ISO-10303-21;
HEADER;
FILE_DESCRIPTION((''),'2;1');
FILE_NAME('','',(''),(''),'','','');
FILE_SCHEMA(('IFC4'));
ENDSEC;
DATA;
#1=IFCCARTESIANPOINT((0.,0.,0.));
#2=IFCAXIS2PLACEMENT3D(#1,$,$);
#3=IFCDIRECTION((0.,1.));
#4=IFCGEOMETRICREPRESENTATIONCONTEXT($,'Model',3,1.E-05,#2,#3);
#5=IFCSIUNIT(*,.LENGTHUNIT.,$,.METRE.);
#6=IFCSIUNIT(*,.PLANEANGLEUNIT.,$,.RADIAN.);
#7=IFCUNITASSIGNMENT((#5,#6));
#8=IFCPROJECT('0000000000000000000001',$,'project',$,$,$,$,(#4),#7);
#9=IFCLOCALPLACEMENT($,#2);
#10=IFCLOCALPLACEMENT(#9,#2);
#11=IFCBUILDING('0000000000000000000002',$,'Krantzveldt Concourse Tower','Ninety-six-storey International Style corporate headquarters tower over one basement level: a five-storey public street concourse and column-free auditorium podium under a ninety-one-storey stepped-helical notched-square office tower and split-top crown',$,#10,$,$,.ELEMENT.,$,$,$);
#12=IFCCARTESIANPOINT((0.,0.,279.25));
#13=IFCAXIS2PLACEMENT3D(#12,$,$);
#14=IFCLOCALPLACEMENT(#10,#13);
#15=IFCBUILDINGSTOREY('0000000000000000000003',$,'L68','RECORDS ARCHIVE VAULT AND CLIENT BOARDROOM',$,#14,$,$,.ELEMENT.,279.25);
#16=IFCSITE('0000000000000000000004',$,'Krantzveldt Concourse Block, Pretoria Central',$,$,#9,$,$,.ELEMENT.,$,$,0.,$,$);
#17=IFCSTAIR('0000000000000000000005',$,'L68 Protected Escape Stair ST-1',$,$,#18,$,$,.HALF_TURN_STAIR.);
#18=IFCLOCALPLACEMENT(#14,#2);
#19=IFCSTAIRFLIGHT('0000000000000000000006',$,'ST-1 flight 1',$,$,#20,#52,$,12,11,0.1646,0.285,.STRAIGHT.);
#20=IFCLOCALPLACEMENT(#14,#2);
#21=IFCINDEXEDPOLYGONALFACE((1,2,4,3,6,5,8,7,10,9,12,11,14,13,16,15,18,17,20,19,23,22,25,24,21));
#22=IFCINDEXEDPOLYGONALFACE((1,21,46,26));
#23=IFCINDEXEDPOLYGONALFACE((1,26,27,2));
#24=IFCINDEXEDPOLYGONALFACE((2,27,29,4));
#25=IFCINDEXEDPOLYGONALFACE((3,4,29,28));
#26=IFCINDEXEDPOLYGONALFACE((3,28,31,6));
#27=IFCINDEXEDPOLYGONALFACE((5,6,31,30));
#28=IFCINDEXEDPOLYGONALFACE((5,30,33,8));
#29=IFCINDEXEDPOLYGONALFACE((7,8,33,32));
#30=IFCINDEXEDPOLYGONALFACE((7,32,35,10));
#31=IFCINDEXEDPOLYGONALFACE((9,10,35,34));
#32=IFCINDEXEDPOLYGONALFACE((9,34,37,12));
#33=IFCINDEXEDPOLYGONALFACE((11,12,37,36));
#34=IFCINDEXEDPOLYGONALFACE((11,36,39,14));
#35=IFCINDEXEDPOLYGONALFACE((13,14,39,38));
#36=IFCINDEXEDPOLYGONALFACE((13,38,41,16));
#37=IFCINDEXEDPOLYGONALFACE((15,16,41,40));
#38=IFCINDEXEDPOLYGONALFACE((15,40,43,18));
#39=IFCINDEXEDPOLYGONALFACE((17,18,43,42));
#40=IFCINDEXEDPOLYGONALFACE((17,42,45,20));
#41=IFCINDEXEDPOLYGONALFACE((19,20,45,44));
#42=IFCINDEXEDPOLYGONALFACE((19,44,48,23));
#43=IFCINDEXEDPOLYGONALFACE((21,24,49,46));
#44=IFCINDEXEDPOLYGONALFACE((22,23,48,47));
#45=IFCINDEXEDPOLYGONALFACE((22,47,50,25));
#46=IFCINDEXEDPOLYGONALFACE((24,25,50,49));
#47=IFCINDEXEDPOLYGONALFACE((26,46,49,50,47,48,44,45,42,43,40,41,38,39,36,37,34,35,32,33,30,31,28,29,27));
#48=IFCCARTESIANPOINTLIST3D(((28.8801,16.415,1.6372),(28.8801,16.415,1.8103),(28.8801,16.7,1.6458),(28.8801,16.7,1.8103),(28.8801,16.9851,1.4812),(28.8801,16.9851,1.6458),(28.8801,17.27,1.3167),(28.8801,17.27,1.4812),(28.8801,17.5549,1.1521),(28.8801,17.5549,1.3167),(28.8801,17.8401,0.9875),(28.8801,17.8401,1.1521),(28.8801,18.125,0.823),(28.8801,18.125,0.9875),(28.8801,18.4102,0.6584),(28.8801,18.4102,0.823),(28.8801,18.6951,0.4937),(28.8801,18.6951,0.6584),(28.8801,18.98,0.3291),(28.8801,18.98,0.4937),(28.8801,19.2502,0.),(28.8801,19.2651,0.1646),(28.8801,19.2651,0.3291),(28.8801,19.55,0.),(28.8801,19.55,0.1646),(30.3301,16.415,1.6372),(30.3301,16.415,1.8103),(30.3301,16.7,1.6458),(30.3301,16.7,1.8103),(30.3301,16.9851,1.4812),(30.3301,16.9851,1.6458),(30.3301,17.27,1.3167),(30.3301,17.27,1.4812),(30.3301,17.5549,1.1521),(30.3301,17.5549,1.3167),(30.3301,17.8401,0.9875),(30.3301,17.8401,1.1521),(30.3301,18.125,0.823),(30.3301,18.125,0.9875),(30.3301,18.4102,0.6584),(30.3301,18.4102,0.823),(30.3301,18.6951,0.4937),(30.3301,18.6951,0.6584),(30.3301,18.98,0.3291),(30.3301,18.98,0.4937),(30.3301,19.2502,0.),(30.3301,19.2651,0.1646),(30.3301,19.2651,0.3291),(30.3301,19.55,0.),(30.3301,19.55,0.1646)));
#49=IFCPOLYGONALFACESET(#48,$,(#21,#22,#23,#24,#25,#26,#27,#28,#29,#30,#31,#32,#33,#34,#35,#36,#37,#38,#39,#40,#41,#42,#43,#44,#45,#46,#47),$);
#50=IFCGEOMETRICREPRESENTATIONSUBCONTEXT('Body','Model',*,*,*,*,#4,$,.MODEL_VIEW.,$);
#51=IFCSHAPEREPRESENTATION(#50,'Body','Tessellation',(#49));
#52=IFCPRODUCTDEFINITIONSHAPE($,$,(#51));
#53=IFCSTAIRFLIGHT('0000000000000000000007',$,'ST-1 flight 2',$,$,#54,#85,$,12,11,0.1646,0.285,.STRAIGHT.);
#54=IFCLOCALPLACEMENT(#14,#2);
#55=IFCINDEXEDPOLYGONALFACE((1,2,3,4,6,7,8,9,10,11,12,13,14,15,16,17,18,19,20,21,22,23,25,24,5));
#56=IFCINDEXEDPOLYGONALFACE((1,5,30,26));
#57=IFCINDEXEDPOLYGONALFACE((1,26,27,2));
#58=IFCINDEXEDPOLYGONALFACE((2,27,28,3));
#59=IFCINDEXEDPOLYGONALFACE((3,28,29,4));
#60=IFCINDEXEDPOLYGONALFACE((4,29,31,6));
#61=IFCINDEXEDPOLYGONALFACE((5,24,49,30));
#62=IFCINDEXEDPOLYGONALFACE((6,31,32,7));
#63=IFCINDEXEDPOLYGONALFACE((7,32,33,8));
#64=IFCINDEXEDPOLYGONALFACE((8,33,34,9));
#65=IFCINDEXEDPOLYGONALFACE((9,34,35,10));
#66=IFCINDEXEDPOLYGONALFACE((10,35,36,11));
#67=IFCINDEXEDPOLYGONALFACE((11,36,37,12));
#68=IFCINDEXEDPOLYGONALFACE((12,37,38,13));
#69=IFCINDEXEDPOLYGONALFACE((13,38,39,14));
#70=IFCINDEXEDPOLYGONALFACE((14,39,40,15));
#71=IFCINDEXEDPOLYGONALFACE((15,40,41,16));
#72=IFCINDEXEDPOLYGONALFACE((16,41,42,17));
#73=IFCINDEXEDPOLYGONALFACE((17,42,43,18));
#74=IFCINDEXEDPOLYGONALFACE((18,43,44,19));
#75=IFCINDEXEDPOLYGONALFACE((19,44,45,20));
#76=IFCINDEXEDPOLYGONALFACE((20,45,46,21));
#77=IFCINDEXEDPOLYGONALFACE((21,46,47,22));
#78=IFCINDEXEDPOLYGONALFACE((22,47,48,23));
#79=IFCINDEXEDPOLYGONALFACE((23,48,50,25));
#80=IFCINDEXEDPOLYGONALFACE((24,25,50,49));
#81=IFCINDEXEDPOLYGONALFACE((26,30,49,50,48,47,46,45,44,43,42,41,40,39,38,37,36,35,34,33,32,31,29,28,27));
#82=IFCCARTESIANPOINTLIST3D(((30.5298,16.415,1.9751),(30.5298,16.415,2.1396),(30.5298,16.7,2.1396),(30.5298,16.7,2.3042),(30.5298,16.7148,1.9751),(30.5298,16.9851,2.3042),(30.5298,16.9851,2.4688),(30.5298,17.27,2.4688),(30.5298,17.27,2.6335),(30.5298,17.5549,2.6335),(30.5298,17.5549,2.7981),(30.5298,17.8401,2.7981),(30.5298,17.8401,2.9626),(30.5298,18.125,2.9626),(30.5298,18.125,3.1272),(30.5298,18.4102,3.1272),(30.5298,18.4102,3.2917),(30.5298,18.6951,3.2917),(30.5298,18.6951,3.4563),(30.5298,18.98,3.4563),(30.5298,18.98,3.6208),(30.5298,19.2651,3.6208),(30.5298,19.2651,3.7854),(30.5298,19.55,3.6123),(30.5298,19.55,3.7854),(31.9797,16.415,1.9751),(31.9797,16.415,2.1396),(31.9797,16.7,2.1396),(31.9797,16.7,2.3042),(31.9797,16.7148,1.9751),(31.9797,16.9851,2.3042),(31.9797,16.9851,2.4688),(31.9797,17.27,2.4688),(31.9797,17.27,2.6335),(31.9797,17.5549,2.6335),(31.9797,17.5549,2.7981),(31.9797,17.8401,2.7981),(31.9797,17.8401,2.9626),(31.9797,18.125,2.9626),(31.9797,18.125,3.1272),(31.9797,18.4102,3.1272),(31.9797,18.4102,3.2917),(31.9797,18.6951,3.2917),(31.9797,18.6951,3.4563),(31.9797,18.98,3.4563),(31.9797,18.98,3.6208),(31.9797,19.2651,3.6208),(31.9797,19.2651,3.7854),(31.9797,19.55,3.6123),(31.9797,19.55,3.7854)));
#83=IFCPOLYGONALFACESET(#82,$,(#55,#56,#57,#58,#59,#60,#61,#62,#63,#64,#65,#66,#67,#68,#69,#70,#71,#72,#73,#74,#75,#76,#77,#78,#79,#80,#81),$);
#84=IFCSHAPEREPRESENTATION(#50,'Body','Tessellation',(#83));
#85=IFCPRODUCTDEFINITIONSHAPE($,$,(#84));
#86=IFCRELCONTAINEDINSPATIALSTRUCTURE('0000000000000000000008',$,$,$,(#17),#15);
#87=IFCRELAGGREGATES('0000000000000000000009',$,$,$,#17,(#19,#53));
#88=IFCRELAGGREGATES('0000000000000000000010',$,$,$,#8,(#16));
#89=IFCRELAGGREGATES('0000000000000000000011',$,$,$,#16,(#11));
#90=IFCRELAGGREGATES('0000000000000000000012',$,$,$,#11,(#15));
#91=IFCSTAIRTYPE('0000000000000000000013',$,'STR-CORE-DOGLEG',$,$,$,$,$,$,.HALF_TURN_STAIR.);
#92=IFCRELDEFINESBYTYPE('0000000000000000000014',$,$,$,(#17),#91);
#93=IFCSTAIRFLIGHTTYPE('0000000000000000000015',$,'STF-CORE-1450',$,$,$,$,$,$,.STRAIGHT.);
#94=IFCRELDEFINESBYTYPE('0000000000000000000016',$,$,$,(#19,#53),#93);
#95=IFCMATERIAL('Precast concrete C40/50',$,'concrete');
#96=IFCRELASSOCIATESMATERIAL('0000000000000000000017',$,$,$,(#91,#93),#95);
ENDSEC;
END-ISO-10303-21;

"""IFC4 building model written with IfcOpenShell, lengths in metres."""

from ifc_helpers import new_model, si_unit, direction, frame, origin, place, context, subcontext, project, spatial, polyline, outline, extrude, material, type_object, element, aggregate, save


model = new_model("IFC4")

# Units and contexts
model_context = context("Model", 3, precision=1e-05, world=origin(), true_north=direction((0.0, 1.0)))
body_context = subcontext(model_context, "Body", "Model", "MODEL_VIEW")
ifc_project = project(units=[si_unit("LENGTHUNIT", "METRE"), si_unit("PLANEANGLEUNIT", "RADIAN")], contexts=[model_context])

# Site, building, storey
site_placement = place(None, origin())
site = spatial("IfcSite", under=ifc_project, at=site_placement, Name="Krantzveldt Concourse Block, Pretoria Central", CompositionType="ELEMENT", RefElevation=0.0)
building_placement = place(site_placement, origin())
building = spatial("IfcBuilding", under=site, at=building_placement, Name="Krantzveldt Concourse Tower", Description="Ninety-six-storey International Style corporate headquarters tower over one basement level: a five-storey public street concourse and column-free auditorium podium under a ninety-one-storey stepped-helical notched-square office tower and split-top crown", CompositionType="ELEMENT")
storey_placement = place(building_placement, frame((0.0, 0.0, 279.25)))
storey = spatial("IfcBuildingStorey", under=building, at=storey_placement, Name="L68", Description="RECORDS ARCHIVE VAULT AND CLIENT BOARDROOM", CompositionType="ELEMENT", Elevation=279.25)

# Stair, stair flights
ifc_material_1 = material(Name="Precast concrete C40/50", Category="concrete")
stair_type = type_object("IfcStairType", Name="STR-CORE-DOGLEG", PredefinedType="HALF_TURN_STAIR", material=ifc_material_1)
stair_placement = place(storey_placement, origin())
stair = element("IfcStair", 1, at=stair_placement, inside=storey, type_object=stair_type, Name="L68 Protected Escape Stair ST-1", PredefinedType="HALF_TURN_STAIR")
stair_flight_type = type_object("IfcStairFlightType", Name="STF-CORE-1450", PredefinedType="STRAIGHT", material=ifc_material_1)
stair_flight_1_placement = place(storey_placement, frame((29.605, 19.55, 0.0), z_axis=(0.0, 0.0, 1.0), x_axis=(0.0, -1.0, 0.0)))
stair_flight_1 = element("IfcStairFlight", 2, at=stair_flight_1_placement, type_object=stair_flight_type, Name="ST-1 flight 1", NumberOfRisers=12, NumberOfTreads=11, PredefinedType="STRAIGHT", RiserHeight=0.1646, TreadLength=0.285, context=body_context, shape_type="SweptSolid", body=[
    extrude(outline(polyline([(0.0, 0.0), (0.0, 0.1646), (0.2849, 0.1646), (0.2849, 0.3291), (0.5701, 0.3291), (0.5701, 0.4937), (0.855, 0.4937), (0.855, 0.6584), (1.1399, 0.6584), (1.1399, 0.823), (1.425, 0.823), (1.425, 0.9875), (1.71, 0.9875), (1.71, 1.1521), (1.9951, 1.1521), (1.9951, 1.3167), (2.28, 1.3167), (2.28, 1.4812), (2.5649, 1.4812), (2.5649, 1.6458), (2.8501, 1.6458), (2.8501, 1.8103), (3.135, 1.8103), (3.135, 1.9751), (3.135, 1.6372), (0.2998, 0.0), (0.0, 0.0)])), frame((0.0, 0.7251, 0.0), z_axis=(0.0, -1.0, 0.0), x_axis=(1.0, 0.0, 0.0)), (0.0, 0.0, 1.0), 1.45),
])
stair_flight_2_placement = place(storey_placement, frame((31.2549, 16.415, 1.9751), z_axis=(0.0, 0.0, 1.0), x_axis=(0.0, 1.0, 0.0)))
stair_flight_2 = element("IfcStairFlight", 3, at=stair_flight_2_placement, type_object=stair_flight_type, Name="ST-1 flight 2", NumberOfRisers=12, NumberOfTreads=11, PredefinedType="STRAIGHT", RiserHeight=0.1646, TreadLength=0.285, context=body_context, shape_type="SweptSolid", body=[
    extrude(outline(polyline([(0.0, 0.0), (0.0, 0.1646), (0.2849, 0.1646), (0.2849, 0.3291), (0.5701, 0.3291), (0.5701, 0.4937), (0.855, 0.4937), (0.855, 0.6584), (1.1399, 0.6584), (1.1399, 0.823), (1.425, 0.823), (1.425, 0.9875), (1.71, 0.9875), (1.71, 1.1521), (1.9951, 1.1521), (1.9951, 1.3167), (2.28, 1.3167), (2.28, 1.4812), (2.5649, 1.4812), (2.5649, 1.6458), (2.8501, 1.6458), (2.8501, 1.8103), (3.135, 1.8103), (3.135, 1.9751), (3.135, 1.6372), (0.2998, 0.0), (0.0, 0.0)])), frame((0.0, 0.7251, 0.0), z_axis=(0.0, -1.0, 0.0), x_axis=(1.0, 0.0, 0.0)), (0.0, 0.0, 1.0), 1.45),
])
aggregate(stair, [stair_flight_1, stair_flight_2])

save(model, "model.ifc")
